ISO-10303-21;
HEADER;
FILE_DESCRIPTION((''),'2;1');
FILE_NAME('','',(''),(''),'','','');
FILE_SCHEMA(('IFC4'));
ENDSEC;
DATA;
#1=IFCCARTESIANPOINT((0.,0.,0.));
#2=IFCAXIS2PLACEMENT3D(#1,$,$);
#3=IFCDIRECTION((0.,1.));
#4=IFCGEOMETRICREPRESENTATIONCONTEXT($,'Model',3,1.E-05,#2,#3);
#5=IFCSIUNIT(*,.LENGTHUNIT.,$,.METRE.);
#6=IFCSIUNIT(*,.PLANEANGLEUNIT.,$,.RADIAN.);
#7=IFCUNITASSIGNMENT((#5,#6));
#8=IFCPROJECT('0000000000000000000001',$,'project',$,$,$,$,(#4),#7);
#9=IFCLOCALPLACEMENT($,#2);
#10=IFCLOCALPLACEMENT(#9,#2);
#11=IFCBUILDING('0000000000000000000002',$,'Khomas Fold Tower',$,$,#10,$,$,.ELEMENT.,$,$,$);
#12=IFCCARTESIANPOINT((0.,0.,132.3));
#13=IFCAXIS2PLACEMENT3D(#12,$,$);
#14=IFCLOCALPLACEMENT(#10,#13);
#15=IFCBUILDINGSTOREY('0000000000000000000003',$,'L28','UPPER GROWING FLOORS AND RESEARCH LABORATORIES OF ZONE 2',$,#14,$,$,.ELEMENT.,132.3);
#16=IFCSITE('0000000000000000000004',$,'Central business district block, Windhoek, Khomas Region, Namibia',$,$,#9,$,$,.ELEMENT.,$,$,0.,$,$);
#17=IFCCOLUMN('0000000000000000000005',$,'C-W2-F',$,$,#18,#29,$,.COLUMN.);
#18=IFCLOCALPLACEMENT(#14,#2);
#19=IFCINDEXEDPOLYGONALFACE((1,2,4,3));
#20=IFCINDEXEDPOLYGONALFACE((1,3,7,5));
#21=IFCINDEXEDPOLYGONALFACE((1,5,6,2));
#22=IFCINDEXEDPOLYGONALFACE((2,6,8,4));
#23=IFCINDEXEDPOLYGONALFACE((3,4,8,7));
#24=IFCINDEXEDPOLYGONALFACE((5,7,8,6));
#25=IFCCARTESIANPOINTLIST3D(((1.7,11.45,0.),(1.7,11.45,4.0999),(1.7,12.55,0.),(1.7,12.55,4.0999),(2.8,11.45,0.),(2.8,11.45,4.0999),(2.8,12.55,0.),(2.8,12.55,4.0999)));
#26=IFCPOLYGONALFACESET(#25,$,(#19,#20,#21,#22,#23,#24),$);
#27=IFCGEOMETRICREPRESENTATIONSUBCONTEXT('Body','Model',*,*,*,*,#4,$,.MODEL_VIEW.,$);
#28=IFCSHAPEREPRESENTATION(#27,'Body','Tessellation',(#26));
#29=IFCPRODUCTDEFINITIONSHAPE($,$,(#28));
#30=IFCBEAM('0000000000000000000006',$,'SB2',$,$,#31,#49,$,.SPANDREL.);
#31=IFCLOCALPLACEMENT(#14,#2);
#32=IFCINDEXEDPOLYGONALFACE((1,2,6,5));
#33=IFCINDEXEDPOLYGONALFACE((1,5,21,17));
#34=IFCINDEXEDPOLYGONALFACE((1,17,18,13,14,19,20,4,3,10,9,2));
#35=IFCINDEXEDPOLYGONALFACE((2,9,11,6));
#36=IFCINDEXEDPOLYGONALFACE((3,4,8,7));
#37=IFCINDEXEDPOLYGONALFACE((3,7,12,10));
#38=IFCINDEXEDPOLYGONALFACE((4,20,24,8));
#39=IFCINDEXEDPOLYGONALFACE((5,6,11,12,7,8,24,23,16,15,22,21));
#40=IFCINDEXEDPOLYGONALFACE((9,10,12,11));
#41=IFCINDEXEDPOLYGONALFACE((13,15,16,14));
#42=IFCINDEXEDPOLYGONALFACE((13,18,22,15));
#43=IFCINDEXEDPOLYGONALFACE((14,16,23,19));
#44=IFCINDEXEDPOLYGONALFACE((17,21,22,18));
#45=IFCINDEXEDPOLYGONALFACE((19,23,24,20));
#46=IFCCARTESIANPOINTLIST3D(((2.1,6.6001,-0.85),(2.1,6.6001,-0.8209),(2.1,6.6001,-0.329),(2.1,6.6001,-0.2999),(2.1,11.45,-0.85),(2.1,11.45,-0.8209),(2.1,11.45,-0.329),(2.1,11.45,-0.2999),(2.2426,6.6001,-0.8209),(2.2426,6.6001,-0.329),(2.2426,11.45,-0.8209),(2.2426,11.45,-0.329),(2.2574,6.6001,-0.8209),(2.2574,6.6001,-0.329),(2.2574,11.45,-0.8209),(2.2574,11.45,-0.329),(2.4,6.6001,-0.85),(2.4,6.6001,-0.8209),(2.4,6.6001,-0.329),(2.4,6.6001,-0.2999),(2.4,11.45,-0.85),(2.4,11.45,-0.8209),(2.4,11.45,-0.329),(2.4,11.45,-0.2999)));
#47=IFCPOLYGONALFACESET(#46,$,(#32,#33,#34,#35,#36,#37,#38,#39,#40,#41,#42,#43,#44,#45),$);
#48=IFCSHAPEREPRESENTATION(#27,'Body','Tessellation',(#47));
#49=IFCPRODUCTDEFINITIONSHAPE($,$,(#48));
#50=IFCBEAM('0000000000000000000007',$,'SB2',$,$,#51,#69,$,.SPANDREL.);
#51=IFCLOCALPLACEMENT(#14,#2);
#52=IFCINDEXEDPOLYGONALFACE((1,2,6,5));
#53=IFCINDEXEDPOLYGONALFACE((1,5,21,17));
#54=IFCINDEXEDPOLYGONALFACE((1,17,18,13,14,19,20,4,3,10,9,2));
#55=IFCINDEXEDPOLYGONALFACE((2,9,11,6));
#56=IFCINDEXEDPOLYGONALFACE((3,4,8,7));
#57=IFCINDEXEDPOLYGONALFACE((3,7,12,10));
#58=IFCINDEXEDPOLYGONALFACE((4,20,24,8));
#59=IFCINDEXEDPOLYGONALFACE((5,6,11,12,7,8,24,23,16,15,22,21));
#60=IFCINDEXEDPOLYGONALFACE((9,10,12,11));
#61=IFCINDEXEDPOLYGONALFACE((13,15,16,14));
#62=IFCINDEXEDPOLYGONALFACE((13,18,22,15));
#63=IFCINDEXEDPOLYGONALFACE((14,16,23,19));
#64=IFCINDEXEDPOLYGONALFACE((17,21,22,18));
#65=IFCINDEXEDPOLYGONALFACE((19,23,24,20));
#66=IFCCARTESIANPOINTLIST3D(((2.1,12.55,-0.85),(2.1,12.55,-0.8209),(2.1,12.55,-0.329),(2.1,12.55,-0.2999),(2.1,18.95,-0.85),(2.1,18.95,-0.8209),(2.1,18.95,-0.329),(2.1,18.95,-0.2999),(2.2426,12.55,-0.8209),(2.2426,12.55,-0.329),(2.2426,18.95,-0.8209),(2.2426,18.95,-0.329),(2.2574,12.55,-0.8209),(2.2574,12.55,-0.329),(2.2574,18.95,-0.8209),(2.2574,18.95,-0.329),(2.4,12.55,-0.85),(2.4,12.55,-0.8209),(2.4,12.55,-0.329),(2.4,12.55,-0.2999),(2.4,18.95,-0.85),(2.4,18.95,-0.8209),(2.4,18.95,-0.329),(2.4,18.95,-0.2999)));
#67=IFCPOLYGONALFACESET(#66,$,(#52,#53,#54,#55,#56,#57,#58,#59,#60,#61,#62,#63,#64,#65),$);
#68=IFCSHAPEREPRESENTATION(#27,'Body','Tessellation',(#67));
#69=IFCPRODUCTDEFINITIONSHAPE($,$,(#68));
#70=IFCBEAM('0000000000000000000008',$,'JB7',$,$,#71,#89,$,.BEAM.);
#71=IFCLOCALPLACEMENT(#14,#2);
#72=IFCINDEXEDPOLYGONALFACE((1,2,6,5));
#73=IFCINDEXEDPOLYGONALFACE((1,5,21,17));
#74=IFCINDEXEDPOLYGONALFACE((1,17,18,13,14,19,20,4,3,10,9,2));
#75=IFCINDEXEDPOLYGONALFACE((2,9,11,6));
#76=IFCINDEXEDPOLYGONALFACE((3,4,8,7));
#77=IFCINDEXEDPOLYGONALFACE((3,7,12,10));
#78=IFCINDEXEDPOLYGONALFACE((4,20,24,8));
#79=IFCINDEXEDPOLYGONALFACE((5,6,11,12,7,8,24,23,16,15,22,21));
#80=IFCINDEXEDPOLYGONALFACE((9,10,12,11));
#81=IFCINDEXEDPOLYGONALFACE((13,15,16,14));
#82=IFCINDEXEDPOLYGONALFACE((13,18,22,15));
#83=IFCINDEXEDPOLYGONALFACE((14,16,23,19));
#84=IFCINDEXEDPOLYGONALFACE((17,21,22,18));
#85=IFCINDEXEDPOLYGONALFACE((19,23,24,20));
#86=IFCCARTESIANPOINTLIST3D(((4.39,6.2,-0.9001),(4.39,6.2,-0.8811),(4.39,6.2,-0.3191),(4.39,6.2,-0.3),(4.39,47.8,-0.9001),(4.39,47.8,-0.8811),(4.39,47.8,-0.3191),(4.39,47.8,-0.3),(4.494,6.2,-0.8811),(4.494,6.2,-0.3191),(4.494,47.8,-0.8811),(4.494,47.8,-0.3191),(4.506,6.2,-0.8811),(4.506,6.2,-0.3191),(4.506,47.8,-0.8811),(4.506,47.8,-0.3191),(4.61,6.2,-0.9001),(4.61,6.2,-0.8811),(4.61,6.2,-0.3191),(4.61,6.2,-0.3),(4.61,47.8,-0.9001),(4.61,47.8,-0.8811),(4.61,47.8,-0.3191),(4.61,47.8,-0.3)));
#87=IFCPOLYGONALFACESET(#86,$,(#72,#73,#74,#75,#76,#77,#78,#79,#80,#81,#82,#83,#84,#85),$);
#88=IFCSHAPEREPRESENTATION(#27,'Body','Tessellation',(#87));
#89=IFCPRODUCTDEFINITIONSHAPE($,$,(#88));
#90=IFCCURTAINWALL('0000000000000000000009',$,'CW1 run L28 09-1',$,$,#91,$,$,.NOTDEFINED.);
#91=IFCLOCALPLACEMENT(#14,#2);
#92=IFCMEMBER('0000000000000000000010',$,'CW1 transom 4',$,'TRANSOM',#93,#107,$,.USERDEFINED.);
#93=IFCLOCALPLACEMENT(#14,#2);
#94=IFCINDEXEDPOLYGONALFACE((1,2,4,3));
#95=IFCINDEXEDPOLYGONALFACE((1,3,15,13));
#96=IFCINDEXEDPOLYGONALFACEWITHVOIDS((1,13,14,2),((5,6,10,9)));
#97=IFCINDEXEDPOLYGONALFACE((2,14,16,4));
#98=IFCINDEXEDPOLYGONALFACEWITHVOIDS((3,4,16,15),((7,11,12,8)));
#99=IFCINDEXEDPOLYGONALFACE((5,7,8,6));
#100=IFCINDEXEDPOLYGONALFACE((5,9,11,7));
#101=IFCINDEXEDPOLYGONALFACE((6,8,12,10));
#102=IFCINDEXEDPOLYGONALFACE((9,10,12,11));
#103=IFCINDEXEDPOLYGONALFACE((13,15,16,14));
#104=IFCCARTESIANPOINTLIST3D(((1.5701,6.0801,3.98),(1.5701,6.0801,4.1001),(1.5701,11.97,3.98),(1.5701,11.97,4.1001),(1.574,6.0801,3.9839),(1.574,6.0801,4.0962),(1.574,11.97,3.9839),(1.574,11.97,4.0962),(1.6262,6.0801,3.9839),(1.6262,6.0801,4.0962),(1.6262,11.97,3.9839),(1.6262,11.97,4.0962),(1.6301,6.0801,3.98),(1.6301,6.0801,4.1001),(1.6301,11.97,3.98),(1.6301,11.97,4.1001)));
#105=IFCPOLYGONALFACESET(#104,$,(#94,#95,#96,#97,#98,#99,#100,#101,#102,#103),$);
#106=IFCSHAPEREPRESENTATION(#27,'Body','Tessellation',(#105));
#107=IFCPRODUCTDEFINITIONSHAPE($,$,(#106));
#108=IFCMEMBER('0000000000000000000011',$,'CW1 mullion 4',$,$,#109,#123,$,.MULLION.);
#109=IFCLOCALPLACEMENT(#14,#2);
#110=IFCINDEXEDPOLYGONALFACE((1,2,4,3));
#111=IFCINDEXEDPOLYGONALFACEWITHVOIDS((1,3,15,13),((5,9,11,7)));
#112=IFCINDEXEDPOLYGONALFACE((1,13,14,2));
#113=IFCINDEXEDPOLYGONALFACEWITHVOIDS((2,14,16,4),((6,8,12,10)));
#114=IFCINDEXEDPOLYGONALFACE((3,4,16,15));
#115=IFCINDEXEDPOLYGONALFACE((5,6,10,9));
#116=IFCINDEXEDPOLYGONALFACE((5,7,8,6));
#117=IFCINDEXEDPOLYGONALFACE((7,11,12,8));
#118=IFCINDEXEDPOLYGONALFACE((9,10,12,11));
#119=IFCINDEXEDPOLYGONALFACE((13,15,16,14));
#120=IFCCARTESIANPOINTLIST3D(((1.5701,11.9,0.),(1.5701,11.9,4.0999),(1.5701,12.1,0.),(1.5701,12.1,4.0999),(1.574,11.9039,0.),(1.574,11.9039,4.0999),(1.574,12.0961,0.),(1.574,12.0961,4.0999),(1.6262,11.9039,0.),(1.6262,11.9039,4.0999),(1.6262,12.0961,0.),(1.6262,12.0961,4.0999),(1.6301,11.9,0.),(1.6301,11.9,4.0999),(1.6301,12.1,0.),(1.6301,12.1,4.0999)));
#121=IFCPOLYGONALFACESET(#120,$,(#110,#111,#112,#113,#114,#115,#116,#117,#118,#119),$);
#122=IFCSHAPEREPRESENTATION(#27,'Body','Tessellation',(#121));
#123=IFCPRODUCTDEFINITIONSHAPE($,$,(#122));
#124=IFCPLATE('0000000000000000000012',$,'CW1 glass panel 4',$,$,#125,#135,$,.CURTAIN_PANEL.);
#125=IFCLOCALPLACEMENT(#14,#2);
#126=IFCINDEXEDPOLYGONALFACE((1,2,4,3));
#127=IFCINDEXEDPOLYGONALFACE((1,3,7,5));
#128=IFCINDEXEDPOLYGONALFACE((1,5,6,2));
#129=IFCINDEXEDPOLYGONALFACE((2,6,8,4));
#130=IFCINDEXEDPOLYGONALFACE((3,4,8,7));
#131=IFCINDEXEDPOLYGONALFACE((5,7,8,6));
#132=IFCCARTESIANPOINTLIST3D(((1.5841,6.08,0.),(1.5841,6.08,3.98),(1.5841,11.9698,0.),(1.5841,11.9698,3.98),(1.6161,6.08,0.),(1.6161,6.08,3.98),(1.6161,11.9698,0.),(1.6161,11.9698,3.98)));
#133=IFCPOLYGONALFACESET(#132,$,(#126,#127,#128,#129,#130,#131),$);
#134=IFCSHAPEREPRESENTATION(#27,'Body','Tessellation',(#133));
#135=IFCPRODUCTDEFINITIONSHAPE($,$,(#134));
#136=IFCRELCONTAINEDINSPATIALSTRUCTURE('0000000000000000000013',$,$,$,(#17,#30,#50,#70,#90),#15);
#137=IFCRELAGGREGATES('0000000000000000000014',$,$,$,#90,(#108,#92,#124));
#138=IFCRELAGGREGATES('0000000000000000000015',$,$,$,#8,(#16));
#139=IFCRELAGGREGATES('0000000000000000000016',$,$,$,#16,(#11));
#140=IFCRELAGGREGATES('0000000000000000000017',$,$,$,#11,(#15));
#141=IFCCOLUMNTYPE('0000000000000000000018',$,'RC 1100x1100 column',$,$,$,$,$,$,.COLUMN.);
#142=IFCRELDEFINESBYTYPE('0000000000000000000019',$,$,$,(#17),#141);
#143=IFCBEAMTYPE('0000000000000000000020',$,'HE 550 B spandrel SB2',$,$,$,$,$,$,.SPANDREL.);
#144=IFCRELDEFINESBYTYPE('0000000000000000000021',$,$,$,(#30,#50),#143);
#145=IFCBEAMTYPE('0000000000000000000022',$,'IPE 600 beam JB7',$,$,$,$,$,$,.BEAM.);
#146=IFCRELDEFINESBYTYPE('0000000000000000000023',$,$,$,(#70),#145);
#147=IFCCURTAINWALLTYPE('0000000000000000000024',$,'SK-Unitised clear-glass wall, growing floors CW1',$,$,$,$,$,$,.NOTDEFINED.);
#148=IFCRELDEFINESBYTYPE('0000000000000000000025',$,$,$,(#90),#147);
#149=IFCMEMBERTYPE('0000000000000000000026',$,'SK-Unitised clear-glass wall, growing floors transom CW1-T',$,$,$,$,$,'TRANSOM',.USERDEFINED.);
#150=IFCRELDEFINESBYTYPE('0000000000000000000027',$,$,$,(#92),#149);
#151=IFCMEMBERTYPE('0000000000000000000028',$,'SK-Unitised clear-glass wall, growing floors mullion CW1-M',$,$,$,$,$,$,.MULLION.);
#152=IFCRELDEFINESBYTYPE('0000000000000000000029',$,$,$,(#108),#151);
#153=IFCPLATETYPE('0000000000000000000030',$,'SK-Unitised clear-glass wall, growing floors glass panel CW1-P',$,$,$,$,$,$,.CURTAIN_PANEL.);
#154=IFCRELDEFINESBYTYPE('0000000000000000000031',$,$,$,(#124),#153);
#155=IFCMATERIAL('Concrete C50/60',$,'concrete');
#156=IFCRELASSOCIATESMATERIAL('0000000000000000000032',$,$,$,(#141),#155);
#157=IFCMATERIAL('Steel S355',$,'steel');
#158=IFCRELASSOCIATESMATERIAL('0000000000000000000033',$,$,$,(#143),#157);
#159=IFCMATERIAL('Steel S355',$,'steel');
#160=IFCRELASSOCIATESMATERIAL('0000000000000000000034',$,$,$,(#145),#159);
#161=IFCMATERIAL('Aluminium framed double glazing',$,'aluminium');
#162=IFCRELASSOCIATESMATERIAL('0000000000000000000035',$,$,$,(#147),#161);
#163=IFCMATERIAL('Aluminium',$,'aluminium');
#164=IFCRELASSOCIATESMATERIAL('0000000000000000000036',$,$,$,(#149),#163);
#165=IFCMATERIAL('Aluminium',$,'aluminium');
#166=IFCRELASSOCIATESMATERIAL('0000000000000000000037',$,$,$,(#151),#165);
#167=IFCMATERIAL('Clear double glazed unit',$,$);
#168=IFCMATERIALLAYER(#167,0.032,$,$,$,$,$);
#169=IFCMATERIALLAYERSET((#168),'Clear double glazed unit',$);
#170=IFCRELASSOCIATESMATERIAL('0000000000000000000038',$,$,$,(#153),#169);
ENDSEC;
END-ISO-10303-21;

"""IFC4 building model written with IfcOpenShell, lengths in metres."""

from ifc_helpers import new_model, si_unit, direction, frame, origin, origin_2d, place, context, subcontext, project, spatial, rectangle, hollow_rectangle, i_section, extrude, source, transform, mapped, material, layer, layer_set, material_profile, profile_set, type_object, element, aggregate, save


model = new_model("IFC4")

# Units and contexts
model_context = context("Model", 3, precision=1e-05, world=origin(), true_north=direction((0.0, 1.0)))
body_context = subcontext(model_context, "Body", "Model", "MODEL_VIEW")
ifc_project = project(units=[si_unit("LENGTHUNIT", "METRE"), si_unit("PLANEANGLEUNIT", "RADIAN")], contexts=[model_context])

# Site, building, storey
site_placement = place(None, origin())
site = spatial("IfcSite", under=ifc_project, at=site_placement, Name="Central business district block, Windhoek, Khomas Region, Namibia", CompositionType="ELEMENT", RefElevation=0.0)
building_placement = place(site_placement, origin())
building = spatial("IfcBuilding", under=site, at=building_placement, Name="Khomas Fold Tower", CompositionType="ELEMENT")
storey_placement = place(building_placement, frame((0.0, 0.0, 132.3)))
storey = spatial("IfcBuildingStorey", under=building, at=storey_placement, Name="L28", Description="UPPER GROWING FLOORS AND RESEARCH LABORATORIES OF ZONE 2", CompositionType="ELEMENT", Elevation=132.3)

# Column
ifc_material_1 = material(Name="Concrete C50/60", Category="concrete")
ifc_material_profile_1 = material_profile(ifc_material_1, rectangle(XDim=1.1001, YDim=1.1001, at=origin_2d()), Name="RC 1100x1100")
ifc_profile_set_1 = profile_set([ifc_material_profile_1], Name="Concrete C50/60")
column_type = type_object("IfcColumnType", Name="RC 1100x1100 column", PredefinedType="COLUMN", material=ifc_profile_set_1)
shared_shape_1 = source(origin(), body_context, "Body", "SweptSolid", [
    extrude(rectangle(XDim=1.1001, YDim=1.1001, at=origin_2d()), origin(), (0.0, 0.0, 1.0), 4.0999),
])
column_placement = place(storey_placement, frame((2.25, 12.0, 0.0), z_axis=(0.0, 0.0, 1.0), x_axis=(1.0, 0.0, 0.0)))
element("IfcColumn", 1, at=column_placement, inside=storey, type_object=column_type, Name="C-W2-F", PredefinedType="COLUMN", context=body_context, shape_type="MappedRepresentation", body=[
    mapped(shared_shape_1, transform((0.0, 0.0, 0.0))),
])

# Beams
ifc_material_2 = material(Name="Steel S355", Category="steel")
ifc_material_profile_2 = material_profile(ifc_material_2, i_section(OverallWidth=0.3, OverallDepth=0.55, WebThickness=0.0149, FlangeThickness=0.0291, at=origin_2d()), Name="HE 550 B")
ifc_profile_set_2 = profile_set([ifc_material_profile_2], Name="Steel S355")
beam_type_1 = type_object("IfcBeamType", Name="HE 550 B spandrel SB2", PredefinedType="SPANDREL", material=ifc_profile_set_2)
shared_shape_2 = source(origin(), body_context, "Body", "SweptSolid", [
    extrude(i_section(OverallWidth=0.3, OverallDepth=0.55, WebThickness=0.0149, FlangeThickness=0.0291, at=origin_2d()), origin(), (0.0, 0.0, 1.0), 4.8499),
])
beam_1_placement = place(storey_placement, frame((2.25, 6.6001, -0.575), z_axis=(0.0, 1.0, 0.0), x_axis=(-1.0, 0.0, 0.0)))
element("IfcBeam", 2, at=beam_1_placement, inside=storey, type_object=beam_type_1, Name="SB2", PredefinedType="SPANDREL", context=body_context, shape_type="MappedRepresentation", body=[
    mapped(shared_shape_2, transform((0.0, 0.0, 0.0))),
])
shared_shape_3 = source(origin(), body_context, "Body", "SweptSolid", [
    extrude(i_section(OverallWidth=0.3, OverallDepth=0.55, WebThickness=0.0149, FlangeThickness=0.0291, at=origin_2d()), origin(), (0.0, 0.0, 1.0), 6.3999),
])
beam_2_placement = place(storey_placement, frame((2.25, 12.55, -0.575), z_axis=(0.0, 1.0, 0.0), x_axis=(-1.0, 0.0, 0.0)))
element("IfcBeam", 3, at=beam_2_placement, inside=storey, type_object=beam_type_1, Name="SB2", PredefinedType="SPANDREL", context=body_context, shape_type="MappedRepresentation", body=[
    mapped(shared_shape_3, transform((0.0, 0.0, 0.0))),
])
ifc_material_3 = material(Name="Steel S355", Category="steel")
ifc_material_profile_3 = material_profile(ifc_material_3, i_section(OverallWidth=0.22, OverallDepth=0.6001, WebThickness=0.012, FlangeThickness=0.019, at=origin_2d()), Name="IPE 600")
ifc_profile_set_3 = profile_set([ifc_material_profile_3], Name="Steel S355")
beam_type_2 = type_object("IfcBeamType", Name="IPE 600 beam JB7", PredefinedType="BEAM", material=ifc_profile_set_3)
shared_shape_4 = source(origin(), body_context, "Body", "SweptSolid", [
    extrude(i_section(OverallWidth=0.22, OverallDepth=0.6001, WebThickness=0.012, FlangeThickness=0.019, at=origin_2d()), origin(), (0.0, 0.0, 1.0), 41.6001),
])
beam_3_placement = place(storey_placement, frame((4.5, 6.2, -0.6001), z_axis=(0.0, 1.0, 0.0), x_axis=(-1.0, 0.0, 0.0)))
element("IfcBeam", 4, at=beam_3_placement, inside=storey, type_object=beam_type_2, Name="JB7", PredefinedType="BEAM", context=body_context, shape_type="MappedRepresentation", body=[
    mapped(shared_shape_4, transform((0.0, 0.0, 0.0))),
])

# Curtain wall, members, plate
ifc_material_4 = material(Name="Aluminium framed double glazing", Category="aluminium")
curtain_wall_type = type_object("IfcCurtainWallType", Name="SK-Unitised clear-glass wall, growing floors CW1", PredefinedType="NOTDEFINED", material=ifc_material_4)
curtain_wall_placement = place(storey_placement, origin())
curtain_wall = element("IfcCurtainWall", 5, at=curtain_wall_placement, inside=storey, type_object=curtain_wall_type, Name="CW1 run L28 09-1", PredefinedType="NOTDEFINED")
ifc_material_5 = material(Name="Aluminium", Category="aluminium")
ifc_material_profile_4 = material_profile(ifc_material_5, hollow_rectangle(XDim=0.0601, YDim=0.1201, WallThickness=0.0039, at=origin_2d()), Name="SK-Unitised clear-glass wall, growing floors transom CW1-T")
ifc_profile_set_4 = profile_set([ifc_material_profile_4], Name="Aluminium")
member_type_1 = type_object("IfcMemberType", Name="SK-Unitised clear-glass wall, growing floors transom CW1-T", ElementType="TRANSOM", PredefinedType="USERDEFINED", material=ifc_profile_set_4)
shared_shape_5 = source(origin(), body_context, "Body", "SweptSolid", [
    extrude(hollow_rectangle(XDim=0.0601, YDim=0.1201, WallThickness=0.0039, at=origin_2d()), origin(), (0.0, 0.0, 1.0), 5.8899),
])
member_1_placement = place(storey_placement, frame((1.6001, 11.97, 4.04), z_axis=(0.0, -1.0, 0.0), x_axis=(1.0, 0.0, 0.0)))
member_1 = element("IfcMember", 6, at=member_1_placement, type_object=member_type_1, Name="CW1 transom 4", ObjectType="TRANSOM", PredefinedType="USERDEFINED", context=body_context, shape_type="MappedRepresentation", body=[
    mapped(shared_shape_5, transform((0.0, 0.0, 0.0))),
])
ifc_material_6 = material(Name="Aluminium", Category="aluminium")
ifc_material_profile_5 = material_profile(ifc_material_6, hollow_rectangle(XDim=0.0601, YDim=0.2, WallThickness=0.0039, at=origin_2d()), Name="SK-Unitised clear-glass wall, growing floors mullion CW1-M")
ifc_profile_set_5 = profile_set([ifc_material_profile_5], Name="Aluminium")
member_type_2 = type_object("IfcMemberType", Name="SK-Unitised clear-glass wall, growing floors mullion CW1-M", PredefinedType="MULLION", material=ifc_profile_set_5)
shared_shape_6 = source(origin(), body_context, "Body", "SweptSolid", [
    extrude(hollow_rectangle(XDim=0.0601, YDim=0.2, WallThickness=0.0039, at=origin_2d()), origin(), (0.0, 0.0, 1.0), 4.0999),
])
member_2_placement = place(storey_placement, frame((1.6001, 12.0, 0.0), z_axis=(0.0, 0.0, 1.0), x_axis=(1.0, 0.0, 0.0)))
member_2 = element("IfcMember", 7, at=member_2_placement, type_object=member_type_2, Name="CW1 mullion 4", PredefinedType="MULLION", context=body_context, shape_type="MappedRepresentation", body=[
    mapped(shared_shape_6, transform((0.0, 0.0, 0.0))),
])
ifc_material_7 = material(Name="Clear double glazed unit")
ifc_layer_1 = layer(ifc_material_7, 0.032)
ifc_layer_set_1 = layer_set([ifc_layer_1], Name="Clear double glazed unit")
plate_type = type_object("IfcPlateType", Name="SK-Unitised clear-glass wall, growing floors glass panel CW1-P", PredefinedType="CURTAIN_PANEL", material=ifc_layer_set_1)
shared_shape_7 = source(origin(), body_context, "Body", "SweptSolid", [
    extrude(rectangle(XDim=5.8899, YDim=0.032, at=origin_2d()), origin(), (0.0, 0.0, 1.0), 3.98),
])
plate_placement = place(storey_placement, frame((1.6001, 9.0249, 0.0), z_axis=(0.0, 0.0, 1.0), x_axis=(0.0, -1.0, 0.0)))
plate = element("IfcPlate", 8, at=plate_placement, type_object=plate_type, Name="CW1 glass panel 4", PredefinedType="CURTAIN_PANEL", context=body_context, shape_type="MappedRepresentation", body=[
    mapped(shared_shape_7, transform((0.0, 0.0, 0.0))),
])
aggregate(curtain_wall, [member_2, member_1, plate])

save(model, "model.ifc")
